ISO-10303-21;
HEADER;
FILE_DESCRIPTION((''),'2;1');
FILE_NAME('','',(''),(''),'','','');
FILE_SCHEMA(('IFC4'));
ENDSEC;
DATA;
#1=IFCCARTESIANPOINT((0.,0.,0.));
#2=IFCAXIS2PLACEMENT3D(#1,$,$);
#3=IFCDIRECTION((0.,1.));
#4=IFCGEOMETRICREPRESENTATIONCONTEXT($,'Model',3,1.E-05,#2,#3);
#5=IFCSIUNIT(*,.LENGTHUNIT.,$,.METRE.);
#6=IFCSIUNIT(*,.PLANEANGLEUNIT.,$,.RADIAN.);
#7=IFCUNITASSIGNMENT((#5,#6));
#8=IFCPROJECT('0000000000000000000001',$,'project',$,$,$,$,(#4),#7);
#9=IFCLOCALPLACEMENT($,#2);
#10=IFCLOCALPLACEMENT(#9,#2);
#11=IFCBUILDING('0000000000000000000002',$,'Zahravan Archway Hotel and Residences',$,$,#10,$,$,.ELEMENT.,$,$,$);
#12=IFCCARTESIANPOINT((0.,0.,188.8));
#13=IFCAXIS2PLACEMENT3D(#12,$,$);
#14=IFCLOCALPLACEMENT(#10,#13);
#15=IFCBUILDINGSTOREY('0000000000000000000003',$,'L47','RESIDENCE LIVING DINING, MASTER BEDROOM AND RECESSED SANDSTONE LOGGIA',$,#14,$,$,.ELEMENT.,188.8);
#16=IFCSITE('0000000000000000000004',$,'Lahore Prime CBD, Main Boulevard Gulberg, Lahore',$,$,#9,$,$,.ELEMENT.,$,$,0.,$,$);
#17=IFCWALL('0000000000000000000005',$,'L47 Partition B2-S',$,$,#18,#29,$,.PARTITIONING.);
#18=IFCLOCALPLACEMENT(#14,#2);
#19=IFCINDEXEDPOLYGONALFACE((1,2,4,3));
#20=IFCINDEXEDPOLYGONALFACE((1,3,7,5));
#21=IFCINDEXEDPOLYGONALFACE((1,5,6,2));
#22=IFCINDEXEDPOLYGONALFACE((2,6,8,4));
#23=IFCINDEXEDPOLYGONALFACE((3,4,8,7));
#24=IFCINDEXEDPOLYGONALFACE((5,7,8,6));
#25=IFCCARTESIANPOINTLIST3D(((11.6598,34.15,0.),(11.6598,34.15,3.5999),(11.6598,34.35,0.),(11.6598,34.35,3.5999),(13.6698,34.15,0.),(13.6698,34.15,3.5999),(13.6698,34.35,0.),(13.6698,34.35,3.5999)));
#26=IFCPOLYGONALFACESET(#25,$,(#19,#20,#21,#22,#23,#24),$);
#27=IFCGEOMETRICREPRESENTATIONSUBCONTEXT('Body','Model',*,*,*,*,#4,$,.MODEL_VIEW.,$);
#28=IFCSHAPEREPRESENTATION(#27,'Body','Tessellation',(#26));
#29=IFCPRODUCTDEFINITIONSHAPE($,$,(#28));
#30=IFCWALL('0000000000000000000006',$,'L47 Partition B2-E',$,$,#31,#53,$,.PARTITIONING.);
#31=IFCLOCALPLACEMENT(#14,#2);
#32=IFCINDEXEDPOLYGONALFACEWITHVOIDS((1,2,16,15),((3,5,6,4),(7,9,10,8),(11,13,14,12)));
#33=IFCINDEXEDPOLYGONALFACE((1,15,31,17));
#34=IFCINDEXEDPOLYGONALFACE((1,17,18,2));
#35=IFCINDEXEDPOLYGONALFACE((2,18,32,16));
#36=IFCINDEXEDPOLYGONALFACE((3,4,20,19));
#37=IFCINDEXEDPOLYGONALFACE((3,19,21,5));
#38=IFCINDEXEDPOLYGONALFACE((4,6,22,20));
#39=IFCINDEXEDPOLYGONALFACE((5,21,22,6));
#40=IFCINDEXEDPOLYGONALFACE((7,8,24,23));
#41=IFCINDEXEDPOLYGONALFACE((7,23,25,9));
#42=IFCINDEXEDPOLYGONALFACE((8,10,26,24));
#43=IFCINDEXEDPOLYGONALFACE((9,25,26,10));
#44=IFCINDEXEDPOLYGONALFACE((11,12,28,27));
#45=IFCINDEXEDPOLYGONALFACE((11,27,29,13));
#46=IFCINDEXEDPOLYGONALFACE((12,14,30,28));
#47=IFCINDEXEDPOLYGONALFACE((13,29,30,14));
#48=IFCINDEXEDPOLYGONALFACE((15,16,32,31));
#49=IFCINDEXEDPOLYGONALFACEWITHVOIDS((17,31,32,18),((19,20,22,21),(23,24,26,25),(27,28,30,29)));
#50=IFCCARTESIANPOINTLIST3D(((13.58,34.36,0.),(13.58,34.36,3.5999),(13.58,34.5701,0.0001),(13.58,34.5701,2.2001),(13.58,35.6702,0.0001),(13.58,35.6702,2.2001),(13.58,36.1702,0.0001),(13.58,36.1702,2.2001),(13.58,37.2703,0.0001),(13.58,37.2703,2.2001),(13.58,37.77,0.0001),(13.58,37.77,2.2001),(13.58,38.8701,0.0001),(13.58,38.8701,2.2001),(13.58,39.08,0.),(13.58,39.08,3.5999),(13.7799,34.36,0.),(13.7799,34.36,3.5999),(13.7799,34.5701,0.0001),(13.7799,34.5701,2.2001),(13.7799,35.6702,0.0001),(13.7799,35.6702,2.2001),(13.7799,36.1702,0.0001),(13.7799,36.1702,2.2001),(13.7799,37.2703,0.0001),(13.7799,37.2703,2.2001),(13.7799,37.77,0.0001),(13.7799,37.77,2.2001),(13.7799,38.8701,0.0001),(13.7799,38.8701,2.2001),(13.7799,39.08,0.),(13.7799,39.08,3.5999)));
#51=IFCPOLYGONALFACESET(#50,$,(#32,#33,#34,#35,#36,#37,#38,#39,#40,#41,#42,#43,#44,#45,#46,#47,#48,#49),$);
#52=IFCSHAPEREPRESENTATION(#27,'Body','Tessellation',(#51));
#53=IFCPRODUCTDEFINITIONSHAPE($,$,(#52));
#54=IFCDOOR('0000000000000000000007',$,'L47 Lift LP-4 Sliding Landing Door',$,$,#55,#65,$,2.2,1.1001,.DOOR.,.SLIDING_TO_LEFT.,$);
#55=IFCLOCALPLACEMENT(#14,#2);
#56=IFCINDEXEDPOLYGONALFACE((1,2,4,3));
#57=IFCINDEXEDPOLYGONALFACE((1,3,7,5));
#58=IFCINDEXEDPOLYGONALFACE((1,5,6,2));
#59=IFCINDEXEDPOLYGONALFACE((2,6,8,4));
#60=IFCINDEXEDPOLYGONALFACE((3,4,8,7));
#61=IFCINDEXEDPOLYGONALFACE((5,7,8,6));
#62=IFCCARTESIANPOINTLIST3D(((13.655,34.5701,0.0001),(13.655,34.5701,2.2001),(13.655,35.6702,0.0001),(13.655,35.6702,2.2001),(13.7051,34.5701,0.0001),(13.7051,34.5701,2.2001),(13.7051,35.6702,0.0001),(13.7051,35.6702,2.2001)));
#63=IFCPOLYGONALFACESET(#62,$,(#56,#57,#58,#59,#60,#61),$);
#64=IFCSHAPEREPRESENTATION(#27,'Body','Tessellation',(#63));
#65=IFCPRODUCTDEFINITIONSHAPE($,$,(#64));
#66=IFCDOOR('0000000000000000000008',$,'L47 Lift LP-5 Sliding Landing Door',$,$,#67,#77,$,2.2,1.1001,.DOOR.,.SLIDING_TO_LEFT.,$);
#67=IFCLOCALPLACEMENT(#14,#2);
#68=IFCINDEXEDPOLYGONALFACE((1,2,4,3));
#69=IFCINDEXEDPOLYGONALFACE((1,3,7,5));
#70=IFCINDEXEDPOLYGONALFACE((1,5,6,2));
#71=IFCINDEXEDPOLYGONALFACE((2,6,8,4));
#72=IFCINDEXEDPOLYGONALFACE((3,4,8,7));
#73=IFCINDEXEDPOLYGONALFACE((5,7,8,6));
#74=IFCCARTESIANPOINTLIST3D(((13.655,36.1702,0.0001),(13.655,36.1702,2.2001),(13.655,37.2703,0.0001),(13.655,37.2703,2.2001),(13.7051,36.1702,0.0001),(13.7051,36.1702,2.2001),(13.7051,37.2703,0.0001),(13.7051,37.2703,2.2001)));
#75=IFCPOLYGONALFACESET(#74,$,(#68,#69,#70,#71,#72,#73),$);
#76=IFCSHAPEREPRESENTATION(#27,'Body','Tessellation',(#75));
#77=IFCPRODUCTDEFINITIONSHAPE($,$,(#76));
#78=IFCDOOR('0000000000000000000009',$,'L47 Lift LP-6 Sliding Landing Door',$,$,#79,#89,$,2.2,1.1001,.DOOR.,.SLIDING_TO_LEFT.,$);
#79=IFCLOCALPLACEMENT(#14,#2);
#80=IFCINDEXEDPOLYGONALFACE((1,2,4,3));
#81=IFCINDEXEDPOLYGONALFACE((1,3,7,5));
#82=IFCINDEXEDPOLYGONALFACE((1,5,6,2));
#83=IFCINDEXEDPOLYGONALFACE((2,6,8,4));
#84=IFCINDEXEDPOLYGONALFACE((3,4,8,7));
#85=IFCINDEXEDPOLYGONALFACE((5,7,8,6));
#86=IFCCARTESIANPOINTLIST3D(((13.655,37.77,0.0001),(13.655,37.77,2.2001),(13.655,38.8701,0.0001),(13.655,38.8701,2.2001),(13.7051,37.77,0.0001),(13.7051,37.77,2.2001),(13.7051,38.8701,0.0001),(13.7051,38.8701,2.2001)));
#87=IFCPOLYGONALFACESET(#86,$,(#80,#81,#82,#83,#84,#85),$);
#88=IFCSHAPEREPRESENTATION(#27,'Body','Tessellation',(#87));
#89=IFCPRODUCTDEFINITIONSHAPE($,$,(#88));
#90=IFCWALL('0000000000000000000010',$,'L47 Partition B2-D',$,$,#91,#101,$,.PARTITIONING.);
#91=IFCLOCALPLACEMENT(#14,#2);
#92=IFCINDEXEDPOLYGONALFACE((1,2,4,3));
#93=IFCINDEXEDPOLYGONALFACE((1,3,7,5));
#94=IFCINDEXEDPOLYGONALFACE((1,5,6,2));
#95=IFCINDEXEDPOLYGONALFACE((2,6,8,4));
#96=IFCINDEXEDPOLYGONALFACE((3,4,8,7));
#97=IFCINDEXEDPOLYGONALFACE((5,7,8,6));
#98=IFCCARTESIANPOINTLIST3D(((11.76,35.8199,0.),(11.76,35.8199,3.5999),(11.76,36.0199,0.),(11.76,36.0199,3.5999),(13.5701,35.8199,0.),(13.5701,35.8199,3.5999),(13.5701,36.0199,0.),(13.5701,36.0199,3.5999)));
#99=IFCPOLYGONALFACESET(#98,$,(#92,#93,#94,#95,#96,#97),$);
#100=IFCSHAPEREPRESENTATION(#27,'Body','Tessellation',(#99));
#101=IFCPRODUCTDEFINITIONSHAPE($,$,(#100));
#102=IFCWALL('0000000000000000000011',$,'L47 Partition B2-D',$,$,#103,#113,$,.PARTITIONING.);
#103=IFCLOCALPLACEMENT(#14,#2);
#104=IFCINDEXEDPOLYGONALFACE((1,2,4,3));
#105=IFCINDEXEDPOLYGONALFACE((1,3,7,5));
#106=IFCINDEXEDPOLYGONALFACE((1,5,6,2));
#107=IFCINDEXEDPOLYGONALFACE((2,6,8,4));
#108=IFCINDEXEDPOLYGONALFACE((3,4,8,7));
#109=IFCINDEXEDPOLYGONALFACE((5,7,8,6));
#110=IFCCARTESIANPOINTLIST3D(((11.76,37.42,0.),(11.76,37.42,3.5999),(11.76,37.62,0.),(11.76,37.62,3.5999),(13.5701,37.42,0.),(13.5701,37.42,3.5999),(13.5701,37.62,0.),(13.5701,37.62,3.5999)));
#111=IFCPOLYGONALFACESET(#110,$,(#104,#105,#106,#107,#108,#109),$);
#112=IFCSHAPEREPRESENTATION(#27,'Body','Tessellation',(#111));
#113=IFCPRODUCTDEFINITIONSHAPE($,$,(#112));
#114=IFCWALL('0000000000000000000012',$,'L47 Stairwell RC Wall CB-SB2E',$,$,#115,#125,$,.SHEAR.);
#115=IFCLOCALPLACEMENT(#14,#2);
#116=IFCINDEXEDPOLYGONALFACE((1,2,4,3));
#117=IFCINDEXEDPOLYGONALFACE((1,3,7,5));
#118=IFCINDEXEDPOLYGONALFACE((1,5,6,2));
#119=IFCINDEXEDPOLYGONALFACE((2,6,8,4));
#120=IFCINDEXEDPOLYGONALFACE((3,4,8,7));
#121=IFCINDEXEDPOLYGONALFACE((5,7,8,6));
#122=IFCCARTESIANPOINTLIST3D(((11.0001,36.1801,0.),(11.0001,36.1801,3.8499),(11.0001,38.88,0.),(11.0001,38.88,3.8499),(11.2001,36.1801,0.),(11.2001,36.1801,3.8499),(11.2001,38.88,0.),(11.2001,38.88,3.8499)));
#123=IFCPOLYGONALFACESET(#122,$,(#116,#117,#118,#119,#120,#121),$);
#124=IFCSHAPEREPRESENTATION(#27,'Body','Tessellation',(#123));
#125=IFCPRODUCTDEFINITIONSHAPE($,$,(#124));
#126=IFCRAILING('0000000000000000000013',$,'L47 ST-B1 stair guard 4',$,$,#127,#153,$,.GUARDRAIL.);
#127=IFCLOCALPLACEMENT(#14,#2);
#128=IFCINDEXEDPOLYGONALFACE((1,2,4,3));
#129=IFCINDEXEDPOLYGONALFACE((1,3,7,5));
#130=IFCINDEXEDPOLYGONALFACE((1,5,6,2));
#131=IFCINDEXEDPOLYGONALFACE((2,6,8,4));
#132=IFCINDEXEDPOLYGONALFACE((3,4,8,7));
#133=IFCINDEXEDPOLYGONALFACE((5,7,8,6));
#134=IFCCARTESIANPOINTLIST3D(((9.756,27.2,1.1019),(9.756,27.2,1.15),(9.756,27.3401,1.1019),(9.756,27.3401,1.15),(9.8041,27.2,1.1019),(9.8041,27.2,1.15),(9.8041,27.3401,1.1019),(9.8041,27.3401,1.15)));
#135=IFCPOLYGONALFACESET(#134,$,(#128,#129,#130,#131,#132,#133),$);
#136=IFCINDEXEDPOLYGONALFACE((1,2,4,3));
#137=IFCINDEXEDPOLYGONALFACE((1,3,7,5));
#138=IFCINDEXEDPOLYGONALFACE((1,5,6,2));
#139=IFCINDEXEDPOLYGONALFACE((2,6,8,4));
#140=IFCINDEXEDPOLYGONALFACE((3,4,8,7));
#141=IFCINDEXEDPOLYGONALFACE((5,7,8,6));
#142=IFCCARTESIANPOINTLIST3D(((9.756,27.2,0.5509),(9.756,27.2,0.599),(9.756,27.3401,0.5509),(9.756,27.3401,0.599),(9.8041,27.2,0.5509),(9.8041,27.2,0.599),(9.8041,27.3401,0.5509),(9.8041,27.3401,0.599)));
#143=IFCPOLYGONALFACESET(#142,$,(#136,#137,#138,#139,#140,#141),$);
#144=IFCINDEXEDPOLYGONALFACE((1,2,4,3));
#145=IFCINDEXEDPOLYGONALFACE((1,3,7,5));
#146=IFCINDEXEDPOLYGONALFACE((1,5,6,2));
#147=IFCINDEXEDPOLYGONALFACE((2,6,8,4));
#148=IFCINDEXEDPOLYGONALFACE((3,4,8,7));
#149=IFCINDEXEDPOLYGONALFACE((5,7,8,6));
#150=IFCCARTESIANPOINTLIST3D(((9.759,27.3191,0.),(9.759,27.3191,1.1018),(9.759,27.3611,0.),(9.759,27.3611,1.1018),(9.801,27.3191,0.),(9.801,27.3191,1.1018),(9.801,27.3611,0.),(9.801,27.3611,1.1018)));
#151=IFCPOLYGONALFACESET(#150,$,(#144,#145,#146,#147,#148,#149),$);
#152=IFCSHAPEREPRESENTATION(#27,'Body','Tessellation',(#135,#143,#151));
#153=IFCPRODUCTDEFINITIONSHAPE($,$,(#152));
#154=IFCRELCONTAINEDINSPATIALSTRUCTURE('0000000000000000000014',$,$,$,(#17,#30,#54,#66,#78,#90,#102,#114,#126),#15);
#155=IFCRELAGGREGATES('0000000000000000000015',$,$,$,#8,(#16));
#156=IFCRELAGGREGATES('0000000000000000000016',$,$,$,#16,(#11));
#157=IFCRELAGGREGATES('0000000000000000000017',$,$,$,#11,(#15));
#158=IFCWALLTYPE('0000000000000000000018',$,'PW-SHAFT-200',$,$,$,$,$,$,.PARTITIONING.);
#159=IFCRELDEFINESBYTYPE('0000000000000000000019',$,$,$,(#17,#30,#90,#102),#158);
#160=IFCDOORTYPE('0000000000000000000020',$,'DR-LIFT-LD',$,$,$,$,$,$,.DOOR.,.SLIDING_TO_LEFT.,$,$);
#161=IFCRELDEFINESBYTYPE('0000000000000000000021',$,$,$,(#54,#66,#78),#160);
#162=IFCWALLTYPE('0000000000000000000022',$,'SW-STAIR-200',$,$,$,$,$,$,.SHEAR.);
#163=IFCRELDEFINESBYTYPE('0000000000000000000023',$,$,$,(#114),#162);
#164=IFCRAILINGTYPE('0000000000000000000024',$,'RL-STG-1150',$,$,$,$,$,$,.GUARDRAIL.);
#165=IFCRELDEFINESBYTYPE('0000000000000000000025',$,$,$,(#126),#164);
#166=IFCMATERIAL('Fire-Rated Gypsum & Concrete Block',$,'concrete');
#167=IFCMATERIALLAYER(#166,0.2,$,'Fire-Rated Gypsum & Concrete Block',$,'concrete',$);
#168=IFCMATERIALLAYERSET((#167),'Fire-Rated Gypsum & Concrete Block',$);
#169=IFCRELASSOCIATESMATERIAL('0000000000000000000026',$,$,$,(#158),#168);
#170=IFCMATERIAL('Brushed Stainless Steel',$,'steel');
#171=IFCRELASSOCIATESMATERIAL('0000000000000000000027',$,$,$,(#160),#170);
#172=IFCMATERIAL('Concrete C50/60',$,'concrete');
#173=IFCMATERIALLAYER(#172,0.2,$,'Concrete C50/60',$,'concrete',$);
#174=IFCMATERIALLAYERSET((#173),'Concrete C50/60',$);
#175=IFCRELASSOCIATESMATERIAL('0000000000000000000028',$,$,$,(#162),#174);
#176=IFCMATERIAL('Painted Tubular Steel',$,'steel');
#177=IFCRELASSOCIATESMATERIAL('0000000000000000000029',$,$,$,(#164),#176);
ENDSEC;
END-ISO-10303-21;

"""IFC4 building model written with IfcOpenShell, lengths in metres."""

from ifc_helpers import new_model, si_unit, direction, frame, frame_2d, origin, origin_2d, place, context, subcontext, project, spatial, rectangle, extrude, source, transform, mapped, material, layer, layer_set, type_object, type_shapes, element, fill, save


model = new_model("IFC4")

# Units and contexts
model_context = context("Model", 3, precision=1e-05, world=origin(), true_north=direction((0.0, 1.0)))
body_context = subcontext(model_context, "Body", "Model", "MODEL_VIEW")
ifc_project = project(units=[si_unit("LENGTHUNIT", "METRE"), si_unit("PLANEANGLEUNIT", "RADIAN")], contexts=[model_context])

# Site, building, storey
site_placement = place(None, origin())
site = spatial("IfcSite", under=ifc_project, at=site_placement, Name="Lahore Prime CBD, Main Boulevard Gulberg, Lahore", CompositionType="ELEMENT", RefElevation=0.0)
building_placement = place(site_placement, origin())
building = spatial("IfcBuilding", under=site, at=building_placement, Name="Zahravan Archway Hotel and Residences", CompositionType="ELEMENT")
storey_placement = place(building_placement, frame((0.0, 0.0, 188.8)))
storey = spatial("IfcBuildingStorey", under=building, at=storey_placement, Name="L47", Description="RESIDENCE LIVING DINING, MASTER BEDROOM AND RECESSED SANDSTONE LOGGIA", CompositionType="ELEMENT", Elevation=188.8)

# Wall
ifc_material_1 = material(Name="Fire-Rated Gypsum & Concrete Block", Category="concrete")
ifc_layer_1 = layer(ifc_material_1, 0.2, Name="Fire-Rated Gypsum & Concrete Block", Category="concrete")
ifc_layer_set_1 = layer_set([ifc_layer_1], Name="Fire-Rated Gypsum & Concrete Block")
wall_type_1 = type_object("IfcWallType", Name="PW-SHAFT-200", PredefinedType="PARTITIONING", material=ifc_layer_set_1)
wall_1_placement = place(storey_placement, frame((11.6599, 34.25, 0.0), z_axis=(0.0, 0.0, 1.0), x_axis=(1.0, 0.0, 0.0)))
element("IfcWall", 1, at=wall_1_placement, inside=storey, type_object=wall_type_1, Name="L47 Partition B2-S", PredefinedType="PARTITIONING", context=body_context, shape_type="SweptSolid", body=[
    extrude(rectangle(XDim=2.01, YDim=0.2, at=frame_2d((1.0049, 0.0))), origin(), (0.0, 0.0, 1.0), 3.5999),
])

# Wall, openings, doors
wall_2_placement = place(storey_placement, frame((13.6799, 34.3601, 0.0), z_axis=(0.0, 0.0, 1.0), x_axis=(0.0, 1.0, 0.0)))
wall_2 = element("IfcWall", 2, at=wall_2_placement, inside=storey, type_object=wall_type_1, Name="L47 Partition B2-E", PredefinedType="PARTITIONING", context=body_context, shape_type="SweptSolid", body=[
    extrude(rectangle(XDim=4.72, YDim=0.2, at=frame_2d((2.3599, 0.0))), origin(), (0.0, 0.0, 1.0), 3.5999),
])
opening_1_placement = place(wall_2_placement, frame((0.21, 0.0, 0.0)))
opening_1 = element("IfcOpeningElement", 3, at=opening_1_placement, cuts=wall_2, PredefinedType="OPENING", context=body_context, shape_type="SweptSolid", body=[
    extrude(rectangle(XDim=1.1001, YDim=2.2, at=frame_2d((0.55, 1.1001))), frame((0.0, 0.1099, 0.0), z_axis=(0.0, -1.0, 0.0), x_axis=(1.0, 0.0, 0.0)), (0.0, 0.0, 1.0), 0.22),
])
opening_2_placement = place(wall_2_placement, frame((1.8101, 0.0, 0.0)))
opening_2 = element("IfcOpeningElement", 4, at=opening_2_placement, cuts=wall_2, PredefinedType="OPENING", context=body_context, shape_type="SweptSolid", body=[
    extrude(rectangle(XDim=1.1001, YDim=2.2, at=frame_2d((0.55, 1.1001))), frame((0.0, 0.1099, 0.0), z_axis=(0.0, -1.0, 0.0), x_axis=(1.0, 0.0, 0.0)), (0.0, 0.0, 1.0), 0.22),
])
opening_3_placement = place(wall_2_placement, frame((3.4099, 0.0, 0.0)))
opening_3 = element("IfcOpeningElement", 5, at=opening_3_placement, cuts=wall_2, PredefinedType="OPENING", context=body_context, shape_type="SweptSolid", body=[
    extrude(rectangle(XDim=1.1001, YDim=2.2, at=frame_2d((0.55, 1.1001))), frame((0.0, 0.1099, 0.0), z_axis=(0.0, -1.0, 0.0), x_axis=(1.0, 0.0, 0.0)), (0.0, 0.0, 1.0), 0.22),
])
ifc_material_2 = material(Name="Brushed Stainless Steel", Category="steel")
door_type_1 = type_object("IfcDoorType", Name="DR-LIFT-LD", OperationType="SLIDING_TO_LEFT", PredefinedType="DOOR", material=ifc_material_2)
shared_shape_1 = source(origin(), body_context, "Body", "SweptSolid", [
    extrude(rectangle(XDim=1.1001, YDim=2.2, at=frame_2d((0.55, 1.1001))), frame((0.0, 0.0249, 0.0), z_axis=(0.0, -1.0, 0.0), x_axis=(1.0, 0.0, 0.0)), (0.0, 0.0, 1.0), 0.05),
])
type_shapes(door_type_1, [shared_shape_1])
door_1_placement = place(opening_1_placement, origin())
door_1 = element("IfcDoor", 6, at=door_1_placement, inside=storey, type_object=door_type_1, Name="L47 Lift LP-4 Sliding Landing Door", OperationType="SLIDING_TO_LEFT", OverallHeight=2.2, OverallWidth=1.1001, PredefinedType="DOOR", context=body_context, shape_type="MappedRepresentation", body=[
    mapped(shared_shape_1, transform((0.0, 0.0, 0.0), scale=1.0)),
])
fill(opening_1, door_1)
door_2_placement = place(opening_2_placement, origin())
door_2 = element("IfcDoor", 7, at=door_2_placement, inside=storey, type_object=door_type_1, Name="L47 Lift LP-5 Sliding Landing Door", OperationType="SLIDING_TO_LEFT", OverallHeight=2.2, OverallWidth=1.1001, PredefinedType="DOOR", context=body_context, shape_type="MappedRepresentation", body=[
    mapped(shared_shape_1, transform((0.0, 0.0, 0.0), scale=1.0)),
])
fill(opening_2, door_2)
door_3_placement = place(opening_3_placement, origin())
door_3 = element("IfcDoor", 8, at=door_3_placement, inside=storey, type_object=door_type_1, Name="L47 Lift LP-6 Sliding Landing Door", OperationType="SLIDING_TO_LEFT", OverallHeight=2.2, OverallWidth=1.1001, PredefinedType="DOOR", context=body_context, shape_type="MappedRepresentation", body=[
    mapped(shared_shape_1, transform((0.0, 0.0, 0.0), scale=1.0)),
])
fill(opening_3, door_3)

# Walls
for number, where, z_axis, x_axis, name in (
    (9, (11.76, 35.9199, 0.0), (0.0, 0.0, 1.0), (1.0, 0.0, 0.0), "L47 Partition B2-D"),
    (10, (11.76, 37.52, 0.0), (0.0, 0.0, 1.0), (1.0, 0.0, 0.0), "L47 Partition B2-D"),
):
    element("IfcWall", number, at=place(storey_placement, frame(where, z_axis=z_axis, x_axis=x_axis)), inside=storey, type_object=wall_type_1, Name=name, PredefinedType="PARTITIONING", context=body_context, shape_type="SweptSolid", body=[
        extrude(rectangle(XDim=1.8101, YDim=0.2, at=frame_2d((0.905, 0.0))), origin(), (0.0, 0.0, 1.0), 3.5999),
    ])

# Wall
ifc_material_3 = material(Name="Concrete C50/60", Category="concrete")
ifc_layer_2 = layer(ifc_material_3, 0.2, Name="Concrete C50/60", Category="concrete")
ifc_layer_set_2 = layer_set([ifc_layer_2], Name="Concrete C50/60")
wall_type_2 = type_object("IfcWallType", Name="SW-STAIR-200", PredefinedType="SHEAR", material=ifc_layer_set_2)
wall_3_placement = place(storey_placement, frame((11.1001, 36.1799, 0.0), z_axis=(0.0, 0.0, 1.0), x_axis=(0.0, 1.0, 0.0)))
element("IfcWall", 11, at=wall_3_placement, inside=storey, type_object=wall_type_2, Name="L47 Stairwell RC Wall CB-SB2E", PredefinedType="SHEAR", context=body_context, shape_type="SweptSolid", body=[
    extrude(rectangle(XDim=2.7, YDim=0.2, at=frame_2d((1.3501, 0.0))), origin(), (0.0, 0.0, 1.0), 3.8499),
])

# Railing
ifc_material_4 = material(Name="Painted Tubular Steel", Category="steel")
railing_type_1 = type_object("IfcRailingType", Name="RL-STG-1150", PredefinedType="GUARDRAIL", material=ifc_material_4)
railing_1_placement = place(storey_placement, frame((9.78, 27.3401, 0.0)))
element("IfcRailing", 12, at=railing_1_placement, inside=storey, type_object=railing_type_1, Name="L47 ST-B1 stair guard 4", PredefinedType="GUARDRAIL", context=body_context, shape_type="SweptSolid", body=[
    extrude(rectangle(XDim=0.0481, YDim=0.0481, at=origin_2d()), frame((0.0, 0.0, 1.126), z_axis=(0.0, -1.0, 0.0), x_axis=(1.0, 0.0, 0.0)), (0.0, 0.0, 1.0), 0.1401),
    extrude(rectangle(XDim=0.0481, YDim=0.0481, at=origin_2d()), frame((0.0, 0.0, 0.575), z_axis=(0.0, -1.0, 0.0), x_axis=(1.0, 0.0, 0.0)), (0.0, 0.0, 1.0), 0.1401),
    extrude(rectangle(XDim=0.042, YDim=0.042, at=origin_2d()), origin(), (0.0, 0.0, 1.0), 1.1018),
])

save(model, "model.ifc")
